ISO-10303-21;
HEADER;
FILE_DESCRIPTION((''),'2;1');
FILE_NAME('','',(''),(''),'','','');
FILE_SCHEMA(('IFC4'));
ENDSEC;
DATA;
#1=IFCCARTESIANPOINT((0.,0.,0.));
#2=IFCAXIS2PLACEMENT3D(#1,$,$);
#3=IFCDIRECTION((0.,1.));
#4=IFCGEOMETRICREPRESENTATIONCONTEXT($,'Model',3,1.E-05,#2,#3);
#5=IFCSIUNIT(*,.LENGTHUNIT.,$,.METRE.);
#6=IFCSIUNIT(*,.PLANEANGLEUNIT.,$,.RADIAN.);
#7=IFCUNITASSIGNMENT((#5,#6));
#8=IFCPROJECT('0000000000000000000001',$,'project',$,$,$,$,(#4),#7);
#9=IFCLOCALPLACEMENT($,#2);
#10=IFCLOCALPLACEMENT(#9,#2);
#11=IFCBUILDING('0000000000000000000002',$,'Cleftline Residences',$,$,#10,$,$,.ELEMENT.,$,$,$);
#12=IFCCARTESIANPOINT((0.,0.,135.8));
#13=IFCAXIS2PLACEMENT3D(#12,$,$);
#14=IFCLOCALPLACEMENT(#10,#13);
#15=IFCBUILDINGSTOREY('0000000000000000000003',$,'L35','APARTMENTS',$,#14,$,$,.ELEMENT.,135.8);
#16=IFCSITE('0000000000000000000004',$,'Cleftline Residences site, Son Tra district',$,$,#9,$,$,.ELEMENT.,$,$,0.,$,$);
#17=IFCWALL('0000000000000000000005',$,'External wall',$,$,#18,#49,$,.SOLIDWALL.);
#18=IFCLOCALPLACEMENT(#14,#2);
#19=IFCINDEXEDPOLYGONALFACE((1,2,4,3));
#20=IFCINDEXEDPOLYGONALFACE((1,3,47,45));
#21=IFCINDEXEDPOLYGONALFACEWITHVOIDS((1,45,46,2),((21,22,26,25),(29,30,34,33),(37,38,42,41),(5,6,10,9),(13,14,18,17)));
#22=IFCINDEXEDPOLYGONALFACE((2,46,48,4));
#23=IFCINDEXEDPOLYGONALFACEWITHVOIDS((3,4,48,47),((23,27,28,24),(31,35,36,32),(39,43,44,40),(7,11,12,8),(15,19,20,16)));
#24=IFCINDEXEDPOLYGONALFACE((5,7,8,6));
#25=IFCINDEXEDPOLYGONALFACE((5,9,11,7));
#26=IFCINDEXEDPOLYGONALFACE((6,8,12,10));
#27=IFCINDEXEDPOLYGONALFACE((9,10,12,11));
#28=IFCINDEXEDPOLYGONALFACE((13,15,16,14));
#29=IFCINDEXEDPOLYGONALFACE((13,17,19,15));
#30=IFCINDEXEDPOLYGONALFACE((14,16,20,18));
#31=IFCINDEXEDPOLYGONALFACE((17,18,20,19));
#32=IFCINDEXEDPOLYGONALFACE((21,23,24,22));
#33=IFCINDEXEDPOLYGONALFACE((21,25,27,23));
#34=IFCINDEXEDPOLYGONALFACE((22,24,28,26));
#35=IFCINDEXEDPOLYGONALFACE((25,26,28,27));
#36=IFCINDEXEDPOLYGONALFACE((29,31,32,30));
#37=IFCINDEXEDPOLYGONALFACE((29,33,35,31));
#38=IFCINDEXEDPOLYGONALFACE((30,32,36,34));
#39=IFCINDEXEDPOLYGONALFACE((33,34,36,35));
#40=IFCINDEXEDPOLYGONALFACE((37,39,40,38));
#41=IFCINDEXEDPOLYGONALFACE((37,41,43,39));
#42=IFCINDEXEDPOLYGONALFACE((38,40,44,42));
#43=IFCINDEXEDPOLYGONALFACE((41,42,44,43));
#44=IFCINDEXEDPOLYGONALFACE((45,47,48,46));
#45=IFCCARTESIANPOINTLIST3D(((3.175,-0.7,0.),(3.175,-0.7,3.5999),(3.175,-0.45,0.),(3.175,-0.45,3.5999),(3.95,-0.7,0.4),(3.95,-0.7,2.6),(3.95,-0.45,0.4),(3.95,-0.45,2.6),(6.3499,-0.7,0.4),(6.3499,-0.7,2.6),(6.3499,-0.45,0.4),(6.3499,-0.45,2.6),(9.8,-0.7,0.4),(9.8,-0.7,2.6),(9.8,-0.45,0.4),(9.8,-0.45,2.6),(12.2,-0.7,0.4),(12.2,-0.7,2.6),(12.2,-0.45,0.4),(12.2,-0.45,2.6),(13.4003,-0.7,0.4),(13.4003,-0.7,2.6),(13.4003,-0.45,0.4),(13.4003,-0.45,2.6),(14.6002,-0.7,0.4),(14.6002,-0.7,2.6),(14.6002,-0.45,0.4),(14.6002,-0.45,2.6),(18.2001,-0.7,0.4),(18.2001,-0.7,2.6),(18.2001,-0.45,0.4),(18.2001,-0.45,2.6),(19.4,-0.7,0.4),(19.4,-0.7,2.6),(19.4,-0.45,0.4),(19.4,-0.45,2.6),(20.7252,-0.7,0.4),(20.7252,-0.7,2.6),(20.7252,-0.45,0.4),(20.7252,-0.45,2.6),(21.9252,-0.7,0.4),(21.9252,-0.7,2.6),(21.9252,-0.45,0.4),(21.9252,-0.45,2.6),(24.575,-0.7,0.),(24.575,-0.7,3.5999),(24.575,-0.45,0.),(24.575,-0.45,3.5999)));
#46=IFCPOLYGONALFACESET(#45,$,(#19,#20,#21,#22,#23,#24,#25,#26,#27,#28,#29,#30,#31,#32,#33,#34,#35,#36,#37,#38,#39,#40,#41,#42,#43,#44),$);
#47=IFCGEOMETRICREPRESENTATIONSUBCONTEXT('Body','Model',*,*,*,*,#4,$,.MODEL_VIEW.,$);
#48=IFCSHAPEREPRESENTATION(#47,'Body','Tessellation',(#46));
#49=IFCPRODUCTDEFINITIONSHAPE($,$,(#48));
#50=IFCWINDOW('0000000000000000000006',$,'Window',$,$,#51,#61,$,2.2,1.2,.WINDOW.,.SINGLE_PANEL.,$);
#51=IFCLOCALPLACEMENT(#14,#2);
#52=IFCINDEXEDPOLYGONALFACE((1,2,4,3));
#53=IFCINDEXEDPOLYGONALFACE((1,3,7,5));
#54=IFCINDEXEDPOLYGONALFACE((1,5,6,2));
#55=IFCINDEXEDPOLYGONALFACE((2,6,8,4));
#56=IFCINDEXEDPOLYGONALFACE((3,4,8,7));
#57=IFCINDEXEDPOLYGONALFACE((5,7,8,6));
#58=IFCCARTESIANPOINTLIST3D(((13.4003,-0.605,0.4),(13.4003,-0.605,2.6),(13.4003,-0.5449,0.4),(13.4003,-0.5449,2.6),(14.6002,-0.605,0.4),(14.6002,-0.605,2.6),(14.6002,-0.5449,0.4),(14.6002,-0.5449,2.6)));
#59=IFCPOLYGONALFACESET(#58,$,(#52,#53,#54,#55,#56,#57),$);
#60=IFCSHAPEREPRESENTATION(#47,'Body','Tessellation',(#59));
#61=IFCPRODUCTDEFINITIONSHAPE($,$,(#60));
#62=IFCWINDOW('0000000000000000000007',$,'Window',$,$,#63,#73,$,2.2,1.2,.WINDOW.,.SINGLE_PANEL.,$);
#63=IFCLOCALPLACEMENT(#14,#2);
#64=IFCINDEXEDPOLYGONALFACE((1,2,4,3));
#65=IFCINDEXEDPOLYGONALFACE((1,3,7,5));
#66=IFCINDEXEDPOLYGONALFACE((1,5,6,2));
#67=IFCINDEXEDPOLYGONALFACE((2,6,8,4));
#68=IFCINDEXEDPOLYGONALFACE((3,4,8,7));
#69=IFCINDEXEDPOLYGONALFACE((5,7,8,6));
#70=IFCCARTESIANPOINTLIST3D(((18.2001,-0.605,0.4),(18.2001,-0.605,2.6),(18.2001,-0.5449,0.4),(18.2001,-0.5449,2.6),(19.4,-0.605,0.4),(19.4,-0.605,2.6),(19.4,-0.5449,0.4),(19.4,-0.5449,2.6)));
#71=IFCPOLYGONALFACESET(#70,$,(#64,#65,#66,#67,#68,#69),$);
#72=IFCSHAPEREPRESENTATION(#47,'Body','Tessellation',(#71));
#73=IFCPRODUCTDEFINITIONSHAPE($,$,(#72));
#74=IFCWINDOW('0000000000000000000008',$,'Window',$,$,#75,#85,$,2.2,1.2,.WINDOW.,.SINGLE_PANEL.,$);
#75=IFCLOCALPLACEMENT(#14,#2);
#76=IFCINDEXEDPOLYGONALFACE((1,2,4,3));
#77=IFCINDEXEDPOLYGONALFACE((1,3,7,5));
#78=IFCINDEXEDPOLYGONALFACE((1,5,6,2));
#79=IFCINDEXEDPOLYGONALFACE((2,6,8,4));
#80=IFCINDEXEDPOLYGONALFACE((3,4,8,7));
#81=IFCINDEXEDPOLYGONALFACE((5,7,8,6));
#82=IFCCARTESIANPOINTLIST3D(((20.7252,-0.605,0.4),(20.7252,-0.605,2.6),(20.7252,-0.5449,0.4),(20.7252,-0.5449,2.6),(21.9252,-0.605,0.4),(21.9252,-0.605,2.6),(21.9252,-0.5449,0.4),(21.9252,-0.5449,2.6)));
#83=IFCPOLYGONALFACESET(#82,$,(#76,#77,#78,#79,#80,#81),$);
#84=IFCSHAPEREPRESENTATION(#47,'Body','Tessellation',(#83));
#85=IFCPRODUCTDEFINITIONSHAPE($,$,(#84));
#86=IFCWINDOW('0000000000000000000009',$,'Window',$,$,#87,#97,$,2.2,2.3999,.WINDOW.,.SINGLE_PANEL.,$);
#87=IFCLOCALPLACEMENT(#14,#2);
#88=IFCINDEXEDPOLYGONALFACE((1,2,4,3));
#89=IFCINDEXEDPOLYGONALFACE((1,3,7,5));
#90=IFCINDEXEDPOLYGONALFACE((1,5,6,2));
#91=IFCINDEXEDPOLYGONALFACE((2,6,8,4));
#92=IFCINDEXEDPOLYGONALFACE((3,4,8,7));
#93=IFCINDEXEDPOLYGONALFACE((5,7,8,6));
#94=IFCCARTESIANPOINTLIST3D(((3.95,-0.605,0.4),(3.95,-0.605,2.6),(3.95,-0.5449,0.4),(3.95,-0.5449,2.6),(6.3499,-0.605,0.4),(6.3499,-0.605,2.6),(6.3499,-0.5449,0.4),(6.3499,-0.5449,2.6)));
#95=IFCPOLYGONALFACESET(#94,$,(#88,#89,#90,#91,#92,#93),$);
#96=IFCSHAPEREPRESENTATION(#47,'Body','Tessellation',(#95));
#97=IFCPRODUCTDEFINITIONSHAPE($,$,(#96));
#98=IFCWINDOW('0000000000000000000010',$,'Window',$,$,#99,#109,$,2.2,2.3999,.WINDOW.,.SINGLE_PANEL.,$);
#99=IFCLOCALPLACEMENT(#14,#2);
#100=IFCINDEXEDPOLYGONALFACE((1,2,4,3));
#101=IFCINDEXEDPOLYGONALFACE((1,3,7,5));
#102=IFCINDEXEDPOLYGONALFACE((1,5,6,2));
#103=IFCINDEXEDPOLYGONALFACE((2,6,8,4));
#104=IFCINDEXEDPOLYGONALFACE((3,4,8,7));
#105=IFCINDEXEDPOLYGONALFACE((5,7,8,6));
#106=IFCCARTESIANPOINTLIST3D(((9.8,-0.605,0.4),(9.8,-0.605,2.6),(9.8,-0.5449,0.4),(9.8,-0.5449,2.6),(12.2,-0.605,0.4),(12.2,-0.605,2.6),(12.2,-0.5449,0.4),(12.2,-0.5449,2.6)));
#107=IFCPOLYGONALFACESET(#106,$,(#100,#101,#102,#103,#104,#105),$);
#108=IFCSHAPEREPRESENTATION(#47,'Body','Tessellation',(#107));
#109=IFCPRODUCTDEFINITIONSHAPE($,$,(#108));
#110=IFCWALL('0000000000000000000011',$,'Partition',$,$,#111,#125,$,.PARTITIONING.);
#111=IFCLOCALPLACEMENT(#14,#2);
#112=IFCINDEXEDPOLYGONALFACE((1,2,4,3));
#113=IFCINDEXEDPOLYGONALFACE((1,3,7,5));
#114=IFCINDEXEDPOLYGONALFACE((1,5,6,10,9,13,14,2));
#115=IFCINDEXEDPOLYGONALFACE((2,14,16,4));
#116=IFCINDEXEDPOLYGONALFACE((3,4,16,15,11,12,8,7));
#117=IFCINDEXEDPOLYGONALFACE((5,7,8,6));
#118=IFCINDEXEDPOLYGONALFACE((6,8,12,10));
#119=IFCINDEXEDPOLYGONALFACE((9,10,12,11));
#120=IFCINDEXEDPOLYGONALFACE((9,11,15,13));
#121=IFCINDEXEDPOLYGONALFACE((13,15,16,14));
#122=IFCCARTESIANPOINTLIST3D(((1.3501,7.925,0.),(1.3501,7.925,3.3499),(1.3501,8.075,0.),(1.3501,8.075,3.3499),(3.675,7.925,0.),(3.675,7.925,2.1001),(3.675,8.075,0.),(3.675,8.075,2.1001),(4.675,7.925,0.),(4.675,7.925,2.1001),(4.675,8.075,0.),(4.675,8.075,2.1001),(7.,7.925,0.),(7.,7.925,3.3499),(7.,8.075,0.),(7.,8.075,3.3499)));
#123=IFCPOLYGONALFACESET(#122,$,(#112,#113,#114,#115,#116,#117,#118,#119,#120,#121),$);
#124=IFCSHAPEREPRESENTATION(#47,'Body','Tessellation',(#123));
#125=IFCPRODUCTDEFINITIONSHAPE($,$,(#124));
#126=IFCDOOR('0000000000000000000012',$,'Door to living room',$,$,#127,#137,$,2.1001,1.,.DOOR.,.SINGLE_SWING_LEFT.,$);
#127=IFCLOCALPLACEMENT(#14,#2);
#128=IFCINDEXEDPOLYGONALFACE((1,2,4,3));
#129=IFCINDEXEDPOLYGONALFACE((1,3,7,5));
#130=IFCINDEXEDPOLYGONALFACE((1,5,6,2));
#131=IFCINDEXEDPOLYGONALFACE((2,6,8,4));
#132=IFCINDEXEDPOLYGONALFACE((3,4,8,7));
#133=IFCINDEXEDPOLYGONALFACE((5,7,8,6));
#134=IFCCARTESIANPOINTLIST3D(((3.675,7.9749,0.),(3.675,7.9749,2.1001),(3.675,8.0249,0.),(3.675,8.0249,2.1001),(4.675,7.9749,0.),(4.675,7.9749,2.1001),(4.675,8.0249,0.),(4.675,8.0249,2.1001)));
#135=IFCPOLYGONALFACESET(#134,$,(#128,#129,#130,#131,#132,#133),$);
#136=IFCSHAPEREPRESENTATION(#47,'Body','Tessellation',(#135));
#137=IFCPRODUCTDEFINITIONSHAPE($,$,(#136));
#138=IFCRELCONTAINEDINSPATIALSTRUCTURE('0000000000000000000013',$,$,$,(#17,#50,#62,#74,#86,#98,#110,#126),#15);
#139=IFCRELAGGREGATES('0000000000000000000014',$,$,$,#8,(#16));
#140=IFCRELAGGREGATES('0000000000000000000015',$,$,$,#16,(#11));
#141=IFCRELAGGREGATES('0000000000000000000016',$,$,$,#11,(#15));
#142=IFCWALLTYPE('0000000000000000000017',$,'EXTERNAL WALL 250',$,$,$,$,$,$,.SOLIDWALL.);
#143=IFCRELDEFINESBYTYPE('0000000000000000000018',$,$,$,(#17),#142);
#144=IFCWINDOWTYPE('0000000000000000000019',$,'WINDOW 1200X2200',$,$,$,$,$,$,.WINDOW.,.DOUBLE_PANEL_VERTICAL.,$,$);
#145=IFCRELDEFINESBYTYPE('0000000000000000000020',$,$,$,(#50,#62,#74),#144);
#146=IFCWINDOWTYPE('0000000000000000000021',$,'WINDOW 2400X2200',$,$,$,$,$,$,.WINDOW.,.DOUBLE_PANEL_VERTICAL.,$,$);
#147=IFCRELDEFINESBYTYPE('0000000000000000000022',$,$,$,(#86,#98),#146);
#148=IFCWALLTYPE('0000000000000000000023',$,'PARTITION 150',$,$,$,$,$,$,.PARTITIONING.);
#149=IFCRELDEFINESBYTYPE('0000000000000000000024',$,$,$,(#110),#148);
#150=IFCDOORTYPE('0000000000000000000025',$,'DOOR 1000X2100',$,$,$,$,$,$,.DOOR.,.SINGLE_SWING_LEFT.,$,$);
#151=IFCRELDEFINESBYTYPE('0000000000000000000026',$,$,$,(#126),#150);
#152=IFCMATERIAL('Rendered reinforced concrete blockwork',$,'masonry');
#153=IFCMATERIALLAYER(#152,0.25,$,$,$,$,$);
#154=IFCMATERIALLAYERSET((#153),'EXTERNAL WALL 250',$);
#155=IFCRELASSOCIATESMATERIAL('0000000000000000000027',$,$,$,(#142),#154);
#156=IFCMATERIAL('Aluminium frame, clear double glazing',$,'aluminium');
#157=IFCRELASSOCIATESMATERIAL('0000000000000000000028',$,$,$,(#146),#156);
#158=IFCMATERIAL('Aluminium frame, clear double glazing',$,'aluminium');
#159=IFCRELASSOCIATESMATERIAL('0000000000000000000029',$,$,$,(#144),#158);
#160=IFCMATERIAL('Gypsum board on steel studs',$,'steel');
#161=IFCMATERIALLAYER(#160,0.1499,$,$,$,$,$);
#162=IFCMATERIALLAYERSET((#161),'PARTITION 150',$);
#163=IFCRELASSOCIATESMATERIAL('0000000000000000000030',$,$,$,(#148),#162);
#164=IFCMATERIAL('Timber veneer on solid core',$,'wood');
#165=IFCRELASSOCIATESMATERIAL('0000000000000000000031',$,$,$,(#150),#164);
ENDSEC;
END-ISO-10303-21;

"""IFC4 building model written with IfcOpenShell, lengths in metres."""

from ifc_helpers import new_model, si_unit, direction, frame, frame_2d, origin, place, context, subcontext, project, spatial, rectangle, extrude, material, layer, layer_set, type_object, element, fill, save


model = new_model("IFC4")

# Units and contexts
model_context = context("Model", 3, precision=1e-05, world=origin(), true_north=direction((0.0, 1.0)))
body_context = subcontext(model_context, "Body", "Model", "MODEL_VIEW")
ifc_project = project(units=[si_unit("LENGTHUNIT", "METRE"), si_unit("PLANEANGLEUNIT", "RADIAN")], contexts=[model_context])

# Site, building, storey
site_placement = place(None, origin())
site = spatial("IfcSite", under=ifc_project, at=site_placement, Name="Cleftline Residences site, Son Tra district", CompositionType="ELEMENT", RefElevation=0.0)
building_placement = place(site_placement, origin())
building = spatial("IfcBuilding", under=site, at=building_placement, Name="Cleftline Residences", CompositionType="ELEMENT")
storey_placement = place(building_placement, frame((0.0, 0.0, 135.8)))
storey = spatial("IfcBuildingStorey", under=building, at=storey_placement, Name="L35", Description="APARTMENTS", CompositionType="ELEMENT", Elevation=135.8)

# Shared definitions
ifc_material_1 = material(Name="Rendered reinforced concrete blockwork", Category="masonry")
ifc_layer_1 = layer(ifc_material_1, 0.25)
ifc_layer_set_1 = layer_set([ifc_layer_1], Name="EXTERNAL WALL 250")
wall_type_1 = type_object("IfcWallType", Name="EXTERNAL WALL 250", PredefinedType="SOLIDWALL", material=ifc_layer_set_1)
ifc_material_2 = material(Name="Aluminium frame, clear double glazing", Category="aluminium")
window_type_1 = type_object("IfcWindowType", Name="WINDOW 2400X2200", PartitioningType="DOUBLE_PANEL_VERTICAL", PredefinedType="WINDOW", material=ifc_material_2)

# Wall, openings, windows
wall_1_placement = place(storey_placement, frame((3.175, -0.575, 0.0), z_axis=(0.0, 0.0, 1.0), x_axis=(1.0, 0.0, 0.0)))
wall_1 = element("IfcWall", 1, at=wall_1_placement, inside=storey, type_object=wall_type_1, Name="External wall", PredefinedType="SOLIDWALL", context=body_context, shape_type="SweptSolid", body=[
    extrude(rectangle(XDim=21.3999, YDim=0.25, at=frame_2d((10.7, 0.0))), origin(), (0.0, 0.0, 1.0), 3.5999),
])
opening_1_placement = place(wall_1_placement, frame((0.7749, 0.0, 0.3999)))
opening_1 = element("IfcOpeningElement", 2, at=opening_1_placement, cuts=wall_1, PredefinedType="OPENING", context=body_context, shape_type="SweptSolid", body=[
    extrude(rectangle(XDim=2.3999, YDim=2.2, at=frame_2d((1.2, 1.1001))), frame((0.0, 0.135, 0.0), z_axis=(0.0, -1.0, 0.0), x_axis=(1.0, 0.0, 0.0)), (0.0, 0.0, 1.0), 0.27),
])
opening_2_placement = place(wall_1_placement, frame((6.625, 0.0, 0.3999)))
opening_2 = element("IfcOpeningElement", 3, at=opening_2_placement, cuts=wall_1, PredefinedType="OPENING", context=body_context, shape_type="SweptSolid", body=[
    extrude(rectangle(XDim=2.3999, YDim=2.2, at=frame_2d((1.2, 1.1001))), frame((0.0, 0.135, 0.0), z_axis=(0.0, -1.0, 0.0), x_axis=(1.0, 0.0, 0.0)), (0.0, 0.0, 1.0), 0.27),
])
opening_3_placement = place(wall_1_placement, frame((10.2251, 0.0, 0.3999)))
opening_3 = element("IfcOpeningElement", 4, at=opening_3_placement, cuts=wall_1, PredefinedType="OPENING", context=body_context, shape_type="SweptSolid", body=[
    extrude(rectangle(XDim=1.2, YDim=2.2, at=frame_2d((0.6001, 1.1001))), frame((0.0, 0.135, 0.0), z_axis=(0.0, -1.0, 0.0), x_axis=(1.0, 0.0, 0.0)), (0.0, 0.0, 1.0), 0.27),
])
opening_4_placement = place(wall_1_placement, frame((15.0249, 0.0, 0.3999)))
opening_4 = element("IfcOpeningElement", 5, at=opening_4_placement, cuts=wall_1, PredefinedType="OPENING", context=body_context, shape_type="SweptSolid", body=[
    extrude(rectangle(XDim=1.2, YDim=2.2, at=frame_2d((0.6001, 1.1001))), frame((0.0, 0.135, 0.0), z_axis=(0.0, -1.0, 0.0), x_axis=(1.0, 0.0, 0.0)), (0.0, 0.0, 1.0), 0.27),
])
opening_5_placement = place(wall_1_placement, frame((17.55, 0.0, 0.3999)))
opening_5 = element("IfcOpeningElement", 6, at=opening_5_placement, cuts=wall_1, PredefinedType="OPENING", context=body_context, shape_type="SweptSolid", body=[
    extrude(rectangle(XDim=1.2, YDim=2.2, at=frame_2d((0.6001, 1.1001))), frame((0.0, 0.135, 0.0), z_axis=(0.0, -1.0, 0.0), x_axis=(1.0, 0.0, 0.0)), (0.0, 0.0, 1.0), 0.27),
])
ifc_material_3 = material(Name="Aluminium frame, clear double glazing", Category="aluminium")
window_type_2 = type_object("IfcWindowType", Name="WINDOW 1200X2200", PartitioningType="DOUBLE_PANEL_VERTICAL", PredefinedType="WINDOW", material=ifc_material_3)
window_1_placement = place(opening_3_placement, origin())
window_1 = element("IfcWindow", 7, at=window_1_placement, inside=storey, type_object=window_type_2, Name="Window", OverallHeight=2.2, OverallWidth=1.2, PartitioningType="SINGLE_PANEL", PredefinedType="WINDOW", context=body_context, shape_type="SweptSolid", body=[
    extrude(rectangle(XDim=1.2, YDim=2.2, at=frame_2d((0.6001, 1.1001))), frame((0.0, 0.03, 0.0), z_axis=(0.0, -1.0, 0.0), x_axis=(1.0, 0.0, 0.0)), (0.0, 0.0, 1.0), 0.0601),
])
fill(opening_3, window_1)
window_2_placement = place(opening_4_placement, origin())
window_2 = element("IfcWindow", 8, at=window_2_placement, inside=storey, type_object=window_type_2, Name="Window", OverallHeight=2.2, OverallWidth=1.2, PartitioningType="SINGLE_PANEL", PredefinedType="WINDOW", context=body_context, shape_type="SweptSolid", body=[
    extrude(rectangle(XDim=1.2, YDim=2.2, at=frame_2d((0.6001, 1.1001))), frame((0.0, 0.03, 0.0), z_axis=(0.0, -1.0, 0.0), x_axis=(1.0, 0.0, 0.0)), (0.0, 0.0, 1.0), 0.0601),
])
fill(opening_4, window_2)
window_3_placement = place(opening_5_placement, origin())
window_3 = element("IfcWindow", 9, at=window_3_placement, inside=storey, type_object=window_type_2, Name="Window", OverallHeight=2.2, OverallWidth=1.2, PartitioningType="SINGLE_PANEL", PredefinedType="WINDOW", context=body_context, shape_type="SweptSolid", body=[
    extrude(rectangle(XDim=1.2, YDim=2.2, at=frame_2d((0.6001, 1.1001))), frame((0.0, 0.03, 0.0), z_axis=(0.0, -1.0, 0.0), x_axis=(1.0, 0.0, 0.0)), (0.0, 0.0, 1.0), 0.0601),
])
fill(opening_5, window_3)
window_4_placement = place(opening_1_placement, origin())
window_4 = element("IfcWindow", 10, at=window_4_placement, inside=storey, type_object=window_type_1, Name="Window", OverallHeight=2.2, OverallWidth=2.3999, PartitioningType="SINGLE_PANEL", PredefinedType="WINDOW", context=body_context, shape_type="SweptSolid", body=[
    extrude(rectangle(XDim=2.3999, YDim=2.2, at=frame_2d((1.2, 1.1001))), frame((0.0, 0.03, 0.0), z_axis=(0.0, -1.0, 0.0), x_axis=(1.0, 0.0, 0.0)), (0.0, 0.0, 1.0), 0.0601),
])
fill(opening_1, window_4)
window_5_placement = place(opening_2_placement, origin())
window_5 = element("IfcWindow", 11, at=window_5_placement, inside=storey, type_object=window_type_1, Name="Window", OverallHeight=2.2, OverallWidth=2.3999, PartitioningType="SINGLE_PANEL", PredefinedType="WINDOW", context=body_context, shape_type="SweptSolid", body=[
    extrude(rectangle(XDim=2.3999, YDim=2.2, at=frame_2d((1.2, 1.1001))), frame((0.0, 0.03, 0.0), z_axis=(0.0, -1.0, 0.0), x_axis=(1.0, 0.0, 0.0)), (0.0, 0.0, 1.0), 0.0601),
])
fill(opening_2, window_5)

# Wall, opening, door
ifc_material_4 = material(Name="Gypsum board on steel studs", Category="steel")
ifc_layer_2 = layer(ifc_material_4, 0.1499)
ifc_layer_set_2 = layer_set([ifc_layer_2], Name="PARTITION 150")
wall_type_2 = type_object("IfcWallType", Name="PARTITION 150", PredefinedType="PARTITIONING", material=ifc_layer_set_2)
wall_2_placement = place(storey_placement, frame((1.3501, 8.0, 0.0), z_axis=(0.0, 0.0, 1.0), x_axis=(1.0, 0.0, 0.0)))
wall_2 = element("IfcWall", 12, at=wall_2_placement, inside=storey, type_object=wall_type_2, Name="Partition", PredefinedType="PARTITIONING", context=body_context, shape_type="SweptSolid", body=[
    extrude(rectangle(XDim=5.6499, YDim=0.1499, at=frame_2d((2.825, 0.0))), origin(), (0.0, 0.0, 1.0), 3.3499),
])
opening_6_placement = place(wall_2_placement, frame((2.325, 0.0, 0.0)))
opening_6 = element("IfcOpeningElement", 13, at=opening_6_placement, cuts=wall_2, PredefinedType="OPENING", context=body_context, shape_type="SweptSolid", body=[
    extrude(rectangle(XDim=1.0, YDim=2.1001, at=frame_2d((0.5, 1.05))), frame((0.0, 0.085, 0.0), z_axis=(0.0, -1.0, 0.0), x_axis=(1.0, 0.0, 0.0)), (0.0, 0.0, 1.0), 0.1699),
])
ifc_material_5 = material(Name="Timber veneer on solid core", Category="wood")
door_type = type_object("IfcDoorType", Name="DOOR 1000X2100", OperationType="SINGLE_SWING_LEFT", PredefinedType="DOOR", material=ifc_material_5)
door_1_placement = place(opening_6_placement, origin())
door_1 = element("IfcDoor", 14, at=door_1_placement, inside=storey, type_object=door_type, Name="Door to living room", OperationType="SINGLE_SWING_LEFT", OverallHeight=2.1001, OverallWidth=1.0, PredefinedType="DOOR", context=body_context, shape_type="SweptSolid", body=[
    extrude(rectangle(XDim=1.0, YDim=2.1001, at=frame_2d((0.5, 1.05))), frame((0.0, 0.0249, 0.0), z_axis=(0.0, -1.0, 0.0), x_axis=(1.0, 0.0, 0.0)), (0.0, 0.0, 1.0), 0.05),
])
fill(opening_6, door_1)

save(model, "model.ifc")
